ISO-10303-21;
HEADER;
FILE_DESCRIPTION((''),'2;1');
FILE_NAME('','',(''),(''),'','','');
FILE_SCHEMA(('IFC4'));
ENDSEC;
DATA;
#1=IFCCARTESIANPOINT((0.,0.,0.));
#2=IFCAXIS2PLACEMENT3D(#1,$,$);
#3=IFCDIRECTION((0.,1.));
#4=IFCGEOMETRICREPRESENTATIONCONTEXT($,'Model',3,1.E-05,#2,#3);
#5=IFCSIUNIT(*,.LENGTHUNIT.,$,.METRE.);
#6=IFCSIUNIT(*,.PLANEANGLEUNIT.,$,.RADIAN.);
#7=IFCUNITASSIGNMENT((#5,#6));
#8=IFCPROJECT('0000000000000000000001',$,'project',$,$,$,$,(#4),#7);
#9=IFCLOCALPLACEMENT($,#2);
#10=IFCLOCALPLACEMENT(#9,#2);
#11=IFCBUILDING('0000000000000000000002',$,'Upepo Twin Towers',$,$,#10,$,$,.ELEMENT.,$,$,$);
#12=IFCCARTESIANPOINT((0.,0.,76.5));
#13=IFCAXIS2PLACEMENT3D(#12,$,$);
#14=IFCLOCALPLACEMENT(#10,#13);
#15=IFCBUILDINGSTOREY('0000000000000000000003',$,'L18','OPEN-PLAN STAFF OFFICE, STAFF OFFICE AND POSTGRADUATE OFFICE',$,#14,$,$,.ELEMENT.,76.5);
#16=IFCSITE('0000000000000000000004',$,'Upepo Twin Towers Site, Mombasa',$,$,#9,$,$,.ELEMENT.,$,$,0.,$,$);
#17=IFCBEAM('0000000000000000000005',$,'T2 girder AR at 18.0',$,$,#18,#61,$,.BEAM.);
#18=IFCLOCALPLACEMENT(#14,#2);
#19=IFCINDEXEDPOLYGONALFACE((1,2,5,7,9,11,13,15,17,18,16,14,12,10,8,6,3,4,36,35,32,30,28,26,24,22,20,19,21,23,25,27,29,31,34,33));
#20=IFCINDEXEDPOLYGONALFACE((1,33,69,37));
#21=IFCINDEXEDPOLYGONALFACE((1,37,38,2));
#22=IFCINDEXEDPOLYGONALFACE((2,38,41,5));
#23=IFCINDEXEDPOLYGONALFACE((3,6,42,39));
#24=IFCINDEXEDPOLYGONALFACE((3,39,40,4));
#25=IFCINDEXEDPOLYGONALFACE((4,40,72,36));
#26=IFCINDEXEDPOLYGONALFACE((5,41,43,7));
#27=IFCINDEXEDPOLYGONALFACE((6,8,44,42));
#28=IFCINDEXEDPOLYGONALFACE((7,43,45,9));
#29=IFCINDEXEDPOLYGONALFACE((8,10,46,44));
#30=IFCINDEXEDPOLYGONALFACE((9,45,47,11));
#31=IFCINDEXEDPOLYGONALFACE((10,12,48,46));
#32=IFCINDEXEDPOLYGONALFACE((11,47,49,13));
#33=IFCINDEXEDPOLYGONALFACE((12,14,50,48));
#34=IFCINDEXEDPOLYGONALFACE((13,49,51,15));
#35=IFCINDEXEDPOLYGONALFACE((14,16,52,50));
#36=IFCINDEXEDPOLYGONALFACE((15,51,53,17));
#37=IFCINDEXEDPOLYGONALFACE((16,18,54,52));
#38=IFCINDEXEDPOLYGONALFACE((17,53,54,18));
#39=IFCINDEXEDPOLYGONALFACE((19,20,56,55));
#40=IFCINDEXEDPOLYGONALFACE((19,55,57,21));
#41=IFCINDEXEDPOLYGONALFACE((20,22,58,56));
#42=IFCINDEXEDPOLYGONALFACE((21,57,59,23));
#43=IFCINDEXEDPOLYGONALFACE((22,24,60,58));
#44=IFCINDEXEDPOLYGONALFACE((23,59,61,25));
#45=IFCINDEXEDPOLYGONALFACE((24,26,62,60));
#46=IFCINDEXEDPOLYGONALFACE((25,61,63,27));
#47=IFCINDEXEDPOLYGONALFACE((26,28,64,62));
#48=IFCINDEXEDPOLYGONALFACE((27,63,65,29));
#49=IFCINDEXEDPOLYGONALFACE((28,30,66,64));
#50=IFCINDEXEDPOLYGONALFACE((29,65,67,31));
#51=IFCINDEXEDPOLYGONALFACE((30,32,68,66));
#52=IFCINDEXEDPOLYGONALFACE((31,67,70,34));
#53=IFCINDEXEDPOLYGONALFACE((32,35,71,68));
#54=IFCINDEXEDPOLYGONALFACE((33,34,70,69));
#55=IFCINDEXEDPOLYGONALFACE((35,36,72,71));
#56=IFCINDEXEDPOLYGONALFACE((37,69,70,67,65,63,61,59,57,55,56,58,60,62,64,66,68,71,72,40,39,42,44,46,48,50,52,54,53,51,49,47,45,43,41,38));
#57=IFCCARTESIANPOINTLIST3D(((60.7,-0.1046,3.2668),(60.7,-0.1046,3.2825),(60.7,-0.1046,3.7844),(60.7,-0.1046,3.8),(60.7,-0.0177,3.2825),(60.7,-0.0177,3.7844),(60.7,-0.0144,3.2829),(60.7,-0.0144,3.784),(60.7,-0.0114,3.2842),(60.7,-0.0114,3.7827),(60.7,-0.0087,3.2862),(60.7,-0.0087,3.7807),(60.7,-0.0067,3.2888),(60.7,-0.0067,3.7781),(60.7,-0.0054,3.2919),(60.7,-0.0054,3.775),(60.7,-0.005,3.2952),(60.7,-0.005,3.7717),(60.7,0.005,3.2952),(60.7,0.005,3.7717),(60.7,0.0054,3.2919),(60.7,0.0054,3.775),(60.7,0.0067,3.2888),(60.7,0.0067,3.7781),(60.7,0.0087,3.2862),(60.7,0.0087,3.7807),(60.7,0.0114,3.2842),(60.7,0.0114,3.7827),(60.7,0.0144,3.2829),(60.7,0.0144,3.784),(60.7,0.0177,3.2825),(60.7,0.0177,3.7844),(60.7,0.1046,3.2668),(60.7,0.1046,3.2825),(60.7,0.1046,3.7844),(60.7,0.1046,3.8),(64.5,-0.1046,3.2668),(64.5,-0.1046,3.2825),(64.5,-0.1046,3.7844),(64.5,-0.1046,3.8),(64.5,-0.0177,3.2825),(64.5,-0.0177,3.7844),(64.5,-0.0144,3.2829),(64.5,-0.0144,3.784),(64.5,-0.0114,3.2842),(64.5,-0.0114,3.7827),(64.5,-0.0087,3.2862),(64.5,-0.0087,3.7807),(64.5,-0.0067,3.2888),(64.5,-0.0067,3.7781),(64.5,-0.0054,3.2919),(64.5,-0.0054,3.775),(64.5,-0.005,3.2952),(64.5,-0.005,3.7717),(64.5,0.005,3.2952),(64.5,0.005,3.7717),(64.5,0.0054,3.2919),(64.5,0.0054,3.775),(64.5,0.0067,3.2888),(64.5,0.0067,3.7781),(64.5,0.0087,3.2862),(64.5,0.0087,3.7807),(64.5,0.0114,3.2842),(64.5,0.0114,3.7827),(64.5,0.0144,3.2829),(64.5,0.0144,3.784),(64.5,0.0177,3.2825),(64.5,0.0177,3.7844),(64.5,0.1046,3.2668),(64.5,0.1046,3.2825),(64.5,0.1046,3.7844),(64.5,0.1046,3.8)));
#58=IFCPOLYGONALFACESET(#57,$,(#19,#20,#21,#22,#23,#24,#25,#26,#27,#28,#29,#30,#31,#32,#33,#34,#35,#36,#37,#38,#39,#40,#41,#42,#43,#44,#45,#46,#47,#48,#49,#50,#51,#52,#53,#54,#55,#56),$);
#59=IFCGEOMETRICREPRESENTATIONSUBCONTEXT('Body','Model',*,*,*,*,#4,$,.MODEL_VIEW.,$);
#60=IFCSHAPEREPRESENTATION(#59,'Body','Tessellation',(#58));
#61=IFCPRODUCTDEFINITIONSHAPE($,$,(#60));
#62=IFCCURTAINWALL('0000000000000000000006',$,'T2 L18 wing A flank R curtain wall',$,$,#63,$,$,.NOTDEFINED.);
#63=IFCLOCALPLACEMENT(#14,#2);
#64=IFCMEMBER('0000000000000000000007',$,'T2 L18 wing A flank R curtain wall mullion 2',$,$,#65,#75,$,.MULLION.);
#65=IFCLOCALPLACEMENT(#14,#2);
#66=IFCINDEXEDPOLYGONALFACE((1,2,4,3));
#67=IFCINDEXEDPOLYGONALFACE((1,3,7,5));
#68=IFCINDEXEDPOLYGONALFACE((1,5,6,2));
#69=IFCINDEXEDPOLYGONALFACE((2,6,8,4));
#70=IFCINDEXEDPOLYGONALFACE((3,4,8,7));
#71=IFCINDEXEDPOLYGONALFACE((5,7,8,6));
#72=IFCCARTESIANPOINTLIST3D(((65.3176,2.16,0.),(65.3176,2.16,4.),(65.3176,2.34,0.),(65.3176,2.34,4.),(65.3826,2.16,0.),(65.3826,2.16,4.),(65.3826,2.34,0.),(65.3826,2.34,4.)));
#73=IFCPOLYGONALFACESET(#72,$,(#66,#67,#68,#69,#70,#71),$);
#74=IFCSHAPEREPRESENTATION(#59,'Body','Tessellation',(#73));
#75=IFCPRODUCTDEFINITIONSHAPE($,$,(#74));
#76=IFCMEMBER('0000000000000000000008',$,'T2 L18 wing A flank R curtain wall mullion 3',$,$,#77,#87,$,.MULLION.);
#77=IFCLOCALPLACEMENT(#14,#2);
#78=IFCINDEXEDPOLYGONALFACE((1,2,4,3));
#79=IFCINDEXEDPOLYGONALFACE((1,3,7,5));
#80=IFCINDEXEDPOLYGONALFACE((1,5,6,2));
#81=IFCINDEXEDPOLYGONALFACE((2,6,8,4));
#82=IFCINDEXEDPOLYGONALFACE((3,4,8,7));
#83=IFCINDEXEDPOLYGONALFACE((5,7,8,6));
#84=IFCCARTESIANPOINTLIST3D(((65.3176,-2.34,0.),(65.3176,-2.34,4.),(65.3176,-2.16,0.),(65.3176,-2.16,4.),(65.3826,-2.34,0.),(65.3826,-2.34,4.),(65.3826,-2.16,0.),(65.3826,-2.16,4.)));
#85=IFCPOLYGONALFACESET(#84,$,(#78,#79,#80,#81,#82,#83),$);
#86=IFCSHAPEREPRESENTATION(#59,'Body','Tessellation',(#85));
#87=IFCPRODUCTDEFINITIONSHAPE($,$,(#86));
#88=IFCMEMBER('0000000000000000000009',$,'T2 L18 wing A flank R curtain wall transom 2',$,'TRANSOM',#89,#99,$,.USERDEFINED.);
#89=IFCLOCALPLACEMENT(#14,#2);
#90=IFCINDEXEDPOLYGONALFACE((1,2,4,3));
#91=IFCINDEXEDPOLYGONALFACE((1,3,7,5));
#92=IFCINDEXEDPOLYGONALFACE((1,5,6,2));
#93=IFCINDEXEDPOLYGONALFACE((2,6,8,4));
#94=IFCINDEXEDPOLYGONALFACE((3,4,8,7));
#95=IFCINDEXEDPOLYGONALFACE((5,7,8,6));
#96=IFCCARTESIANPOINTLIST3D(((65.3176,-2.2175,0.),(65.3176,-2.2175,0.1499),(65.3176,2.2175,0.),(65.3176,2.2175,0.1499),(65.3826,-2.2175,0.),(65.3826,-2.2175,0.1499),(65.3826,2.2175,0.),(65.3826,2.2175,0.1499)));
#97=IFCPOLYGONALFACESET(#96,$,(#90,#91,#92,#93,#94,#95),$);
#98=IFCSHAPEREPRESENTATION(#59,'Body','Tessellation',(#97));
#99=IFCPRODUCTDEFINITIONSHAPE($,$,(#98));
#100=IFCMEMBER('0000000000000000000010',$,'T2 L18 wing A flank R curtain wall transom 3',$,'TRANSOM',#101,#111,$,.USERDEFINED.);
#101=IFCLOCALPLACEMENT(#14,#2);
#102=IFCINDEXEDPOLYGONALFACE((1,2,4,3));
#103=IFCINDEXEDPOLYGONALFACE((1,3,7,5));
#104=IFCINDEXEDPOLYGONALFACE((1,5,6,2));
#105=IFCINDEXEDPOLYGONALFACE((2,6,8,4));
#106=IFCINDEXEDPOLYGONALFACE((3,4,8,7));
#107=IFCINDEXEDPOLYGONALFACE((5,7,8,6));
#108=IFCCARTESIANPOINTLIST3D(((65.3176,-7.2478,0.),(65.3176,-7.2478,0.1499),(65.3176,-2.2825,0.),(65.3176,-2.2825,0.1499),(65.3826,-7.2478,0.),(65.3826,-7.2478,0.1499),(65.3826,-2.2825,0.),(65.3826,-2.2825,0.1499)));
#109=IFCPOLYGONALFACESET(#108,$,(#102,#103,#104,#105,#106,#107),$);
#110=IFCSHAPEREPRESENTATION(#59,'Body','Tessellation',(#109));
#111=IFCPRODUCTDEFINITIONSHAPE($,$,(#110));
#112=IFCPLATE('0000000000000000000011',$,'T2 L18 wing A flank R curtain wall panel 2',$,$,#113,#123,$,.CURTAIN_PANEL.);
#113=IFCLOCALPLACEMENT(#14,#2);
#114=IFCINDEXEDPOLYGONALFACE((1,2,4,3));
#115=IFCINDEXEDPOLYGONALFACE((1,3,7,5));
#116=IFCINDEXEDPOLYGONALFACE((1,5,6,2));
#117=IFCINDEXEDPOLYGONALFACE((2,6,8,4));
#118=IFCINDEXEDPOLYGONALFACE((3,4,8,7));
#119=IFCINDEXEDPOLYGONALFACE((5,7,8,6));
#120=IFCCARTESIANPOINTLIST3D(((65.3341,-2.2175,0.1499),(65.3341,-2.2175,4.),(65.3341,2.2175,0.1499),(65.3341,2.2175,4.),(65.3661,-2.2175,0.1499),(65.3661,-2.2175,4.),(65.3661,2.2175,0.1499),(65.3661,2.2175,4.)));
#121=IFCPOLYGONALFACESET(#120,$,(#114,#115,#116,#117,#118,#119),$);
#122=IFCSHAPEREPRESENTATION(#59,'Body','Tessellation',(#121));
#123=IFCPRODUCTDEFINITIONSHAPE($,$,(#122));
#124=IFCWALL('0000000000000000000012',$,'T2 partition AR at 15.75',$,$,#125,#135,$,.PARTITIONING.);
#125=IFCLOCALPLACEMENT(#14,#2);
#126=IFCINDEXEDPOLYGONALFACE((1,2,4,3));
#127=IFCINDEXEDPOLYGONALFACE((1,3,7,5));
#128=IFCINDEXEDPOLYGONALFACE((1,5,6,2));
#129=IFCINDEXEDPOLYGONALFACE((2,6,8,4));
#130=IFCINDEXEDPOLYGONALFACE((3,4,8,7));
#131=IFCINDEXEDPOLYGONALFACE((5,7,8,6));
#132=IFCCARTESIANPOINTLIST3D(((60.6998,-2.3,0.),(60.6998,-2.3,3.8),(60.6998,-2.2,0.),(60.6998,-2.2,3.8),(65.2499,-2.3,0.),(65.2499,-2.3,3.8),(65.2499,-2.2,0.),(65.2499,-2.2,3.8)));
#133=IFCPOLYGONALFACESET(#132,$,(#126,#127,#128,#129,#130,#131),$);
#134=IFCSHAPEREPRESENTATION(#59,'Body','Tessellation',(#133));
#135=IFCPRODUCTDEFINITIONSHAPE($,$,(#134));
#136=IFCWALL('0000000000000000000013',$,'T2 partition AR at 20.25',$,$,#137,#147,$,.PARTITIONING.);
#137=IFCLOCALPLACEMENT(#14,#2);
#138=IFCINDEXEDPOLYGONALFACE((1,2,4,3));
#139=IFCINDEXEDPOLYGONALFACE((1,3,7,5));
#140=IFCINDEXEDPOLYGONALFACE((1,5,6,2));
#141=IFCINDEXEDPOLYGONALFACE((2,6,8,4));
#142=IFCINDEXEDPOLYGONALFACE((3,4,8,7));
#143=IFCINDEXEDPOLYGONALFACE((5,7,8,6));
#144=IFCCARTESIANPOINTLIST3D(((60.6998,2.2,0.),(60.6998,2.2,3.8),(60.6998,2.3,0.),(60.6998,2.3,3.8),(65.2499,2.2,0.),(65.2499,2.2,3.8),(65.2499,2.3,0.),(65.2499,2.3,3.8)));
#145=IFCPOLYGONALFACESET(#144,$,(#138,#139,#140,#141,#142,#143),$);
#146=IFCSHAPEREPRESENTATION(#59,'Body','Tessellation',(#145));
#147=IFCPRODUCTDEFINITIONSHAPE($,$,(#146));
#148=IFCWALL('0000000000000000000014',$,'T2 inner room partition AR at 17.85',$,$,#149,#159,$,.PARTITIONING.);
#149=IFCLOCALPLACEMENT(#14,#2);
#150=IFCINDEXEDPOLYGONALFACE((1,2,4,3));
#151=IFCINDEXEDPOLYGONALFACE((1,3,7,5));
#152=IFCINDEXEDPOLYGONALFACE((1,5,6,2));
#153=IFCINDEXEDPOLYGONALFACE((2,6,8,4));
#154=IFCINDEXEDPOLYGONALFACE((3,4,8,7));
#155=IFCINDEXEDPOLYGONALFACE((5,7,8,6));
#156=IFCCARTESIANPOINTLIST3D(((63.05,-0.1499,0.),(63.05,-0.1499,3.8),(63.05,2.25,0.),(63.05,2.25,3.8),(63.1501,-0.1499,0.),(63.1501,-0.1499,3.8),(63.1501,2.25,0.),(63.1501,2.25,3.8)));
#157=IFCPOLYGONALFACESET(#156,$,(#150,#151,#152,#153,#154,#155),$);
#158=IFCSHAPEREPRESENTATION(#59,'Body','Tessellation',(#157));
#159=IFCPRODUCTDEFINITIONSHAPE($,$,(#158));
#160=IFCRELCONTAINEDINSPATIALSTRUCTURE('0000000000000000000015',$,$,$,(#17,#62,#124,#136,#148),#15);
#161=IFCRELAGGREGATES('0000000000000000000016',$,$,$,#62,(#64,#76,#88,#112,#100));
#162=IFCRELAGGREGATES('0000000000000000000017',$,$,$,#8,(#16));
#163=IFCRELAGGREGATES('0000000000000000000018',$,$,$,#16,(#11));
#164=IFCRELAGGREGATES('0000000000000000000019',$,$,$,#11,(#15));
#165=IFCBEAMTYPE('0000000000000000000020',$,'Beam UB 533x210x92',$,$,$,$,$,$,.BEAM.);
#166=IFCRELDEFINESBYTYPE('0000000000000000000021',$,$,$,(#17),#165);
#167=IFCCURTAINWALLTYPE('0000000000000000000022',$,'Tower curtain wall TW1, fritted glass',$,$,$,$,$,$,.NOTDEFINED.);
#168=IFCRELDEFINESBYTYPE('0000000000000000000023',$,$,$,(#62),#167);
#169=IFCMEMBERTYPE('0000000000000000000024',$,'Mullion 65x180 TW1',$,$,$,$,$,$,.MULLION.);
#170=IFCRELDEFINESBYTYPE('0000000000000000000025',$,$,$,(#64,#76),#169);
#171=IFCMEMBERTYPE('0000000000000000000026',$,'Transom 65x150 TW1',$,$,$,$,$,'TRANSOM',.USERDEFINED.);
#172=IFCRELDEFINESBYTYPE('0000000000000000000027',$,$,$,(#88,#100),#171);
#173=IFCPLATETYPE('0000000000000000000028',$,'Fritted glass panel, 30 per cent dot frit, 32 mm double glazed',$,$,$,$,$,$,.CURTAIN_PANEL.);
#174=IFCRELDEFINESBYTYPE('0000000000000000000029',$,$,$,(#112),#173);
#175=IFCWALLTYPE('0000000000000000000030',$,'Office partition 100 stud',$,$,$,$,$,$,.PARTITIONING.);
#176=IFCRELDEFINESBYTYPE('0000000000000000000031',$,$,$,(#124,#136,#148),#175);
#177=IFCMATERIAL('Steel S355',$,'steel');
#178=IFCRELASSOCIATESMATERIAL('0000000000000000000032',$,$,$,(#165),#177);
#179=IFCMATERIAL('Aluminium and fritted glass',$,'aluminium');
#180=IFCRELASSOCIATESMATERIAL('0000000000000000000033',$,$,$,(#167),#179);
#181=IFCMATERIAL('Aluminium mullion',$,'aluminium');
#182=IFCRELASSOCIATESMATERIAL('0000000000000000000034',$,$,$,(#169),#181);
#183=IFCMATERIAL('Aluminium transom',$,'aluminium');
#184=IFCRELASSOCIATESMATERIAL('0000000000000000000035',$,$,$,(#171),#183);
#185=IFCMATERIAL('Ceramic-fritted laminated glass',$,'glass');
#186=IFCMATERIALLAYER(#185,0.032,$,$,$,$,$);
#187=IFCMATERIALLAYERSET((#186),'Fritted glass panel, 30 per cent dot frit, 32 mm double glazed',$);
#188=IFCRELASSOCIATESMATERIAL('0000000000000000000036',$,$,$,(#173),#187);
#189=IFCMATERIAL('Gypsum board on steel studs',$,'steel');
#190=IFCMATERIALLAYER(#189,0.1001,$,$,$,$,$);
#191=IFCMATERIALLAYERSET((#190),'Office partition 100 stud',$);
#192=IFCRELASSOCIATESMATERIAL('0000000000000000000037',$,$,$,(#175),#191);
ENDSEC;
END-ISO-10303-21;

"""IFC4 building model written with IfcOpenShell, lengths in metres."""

from ifc_helpers import new_model, si_unit, direction, frame, frame_2d, origin, origin_2d, place, context, subcontext, project, spatial, rectangle, i_section, extrude, material, layer, layer_set, material_profile, profile_set, type_object, element, aggregate, save


model = new_model("IFC4")

# Units and contexts
model_context = context("Model", 3, precision=1e-05, world=origin(), true_north=direction((0.0, 1.0)))
body_context = subcontext(model_context, "Body", "Model", "MODEL_VIEW")
ifc_project = project(units=[si_unit("LENGTHUNIT", "METRE"), si_unit("PLANEANGLEUNIT", "RADIAN")], contexts=[model_context])

# Site, building, storey
site_placement = place(None, origin())
site = spatial("IfcSite", under=ifc_project, at=site_placement, Name="Upepo Twin Towers Site, Mombasa", CompositionType="ELEMENT", RefElevation=0.0)
building_placement = place(site_placement, origin())
building = spatial("IfcBuilding", under=site, at=building_placement, Name="Upepo Twin Towers", CompositionType="ELEMENT")
storey_placement = place(building_placement, frame((0.0, 0.0, 76.5)))
storey = spatial("IfcBuildingStorey", under=building, at=storey_placement, Name="L18", Description="OPEN-PLAN STAFF OFFICE, STAFF OFFICE AND POSTGRADUATE OFFICE", CompositionType="ELEMENT", Elevation=76.5)

# Beam
ifc_material_1 = material(Name="Steel S355", Category="steel")
ifc_material_profile_1 = material_profile(ifc_material_1, i_section(OverallWidth=0.2092, OverallDepth=0.5332, WebThickness=0.01, FlangeThickness=0.0156, FilletRadius=0.0127, at=origin_2d()), Name="UB 533x210x92")
ifc_profile_set_1 = profile_set([ifc_material_profile_1], Name="Steel S355")
beam_type_1 = type_object("IfcBeamType", Name="Beam UB 533x210x92", PredefinedType="BEAM", material=ifc_profile_set_1)
for number, where, z_axis, x_axis, name in (
    (1, (64.5, 0.0, 3.5334), (-1.0, 0.0, 0.0), (0.0, -1.0, 0.0), "T2 girder AR at 18.0"),
):
    element("IfcBeam", number, at=place(storey_placement, frame(where, z_axis=z_axis, x_axis=x_axis)), inside=storey, type_object=beam_type_1, Name=name, PredefinedType="BEAM", context=body_context, shape_type="SweptSolid", body=[
        extrude(i_section(OverallWidth=0.2092, OverallDepth=0.5332, WebThickness=0.01, FlangeThickness=0.0156, FilletRadius=0.0127, at=origin_2d()), origin(), (0.0, 0.0, 1.0), 3.8),
    ])

# Curtain wall, members, plate
ifc_material_2 = material(Name="Aluminium and fritted glass", Category="aluminium")
curtain_wall_type = type_object("IfcCurtainWallType", Name="Tower curtain wall TW1, fritted glass", PredefinedType="NOTDEFINED", material=ifc_material_2)
curtain_wall_placement = place(storey_placement, origin())
curtain_wall = element("IfcCurtainWall", 2, at=curtain_wall_placement, inside=storey, type_object=curtain_wall_type, Name="T2 L18 wing A flank R curtain wall", PredefinedType="NOTDEFINED")
ifc_material_3 = material(Name="Aluminium mullion", Category="aluminium")
ifc_material_profile_2 = material_profile(ifc_material_3, rectangle(XDim=0.0649, YDim=0.1799, at=origin_2d()), Name="MULLION 65x180")
ifc_profile_set_2 = profile_set([ifc_material_profile_2], Name="Aluminium mullion")
member_type_1 = type_object("IfcMemberType", Name="Mullion 65x180 TW1", PredefinedType="MULLION", material=ifc_profile_set_2)
member_1_placement = place(storey_placement, frame((65.3501, 2.25, 0.0), z_axis=(0.0, 0.0, 1.0), x_axis=(1.0, 0.0, 0.0)))
member_1 = element("IfcMember", 3, at=member_1_placement, type_object=member_type_1, Name="T2 L18 wing A flank R curtain wall mullion 2", PredefinedType="MULLION", context=body_context, shape_type="SweptSolid", body=[
    extrude(rectangle(XDim=0.0649, YDim=0.1799, at=origin_2d()), origin(), (0.0, 0.0, 1.0), 4.0),
])
member_2_placement = place(storey_placement, frame((65.3501, -2.25, 0.0), z_axis=(0.0, 0.0, 1.0), x_axis=(1.0, 0.0, 0.0)))
member_2 = element("IfcMember", 4, at=member_2_placement, type_object=member_type_1, Name="T2 L18 wing A flank R curtain wall mullion 3", PredefinedType="MULLION", context=body_context, shape_type="SweptSolid", body=[
    extrude(rectangle(XDim=0.0649, YDim=0.1799, at=origin_2d()), origin(), (0.0, 0.0, 1.0), 4.0),
])
ifc_material_4 = material(Name="Aluminium transom", Category="aluminium")
ifc_material_profile_3 = material_profile(ifc_material_4, rectangle(XDim=0.0649, YDim=0.1499, at=origin_2d()), Name="TRANSOM 65x150")
ifc_profile_set_3 = profile_set([ifc_material_profile_3], Name="Aluminium transom")
member_type_2 = type_object("IfcMemberType", Name="Transom 65x150 TW1", ElementType="TRANSOM", PredefinedType="USERDEFINED", material=ifc_profile_set_3)
member_3_placement = place(storey_placement, frame((65.3501, 2.2175, 0.075), z_axis=(0.0, -1.0, 0.0), x_axis=(1.0, 0.0, 0.0)))
member_3 = element("IfcMember", 5, at=member_3_placement, type_object=member_type_2, Name="T2 L18 wing A flank R curtain wall transom 2", ObjectType="TRANSOM", PredefinedType="USERDEFINED", context=body_context, shape_type="SweptSolid", body=[
    extrude(rectangle(XDim=0.0649, YDim=0.1499, at=origin_2d()), origin(), (0.0, 0.0, 1.0), 4.4351),
])
member_4_placement = place(storey_placement, frame((65.3501, -2.2825, 0.075), z_axis=(0.0, -1.0, 0.0), x_axis=(1.0, 0.0, 0.0)))
member_4 = element("IfcMember", 6, at=member_4_placement, type_object=member_type_2, Name="T2 L18 wing A flank R curtain wall transom 3", ObjectType="TRANSOM", PredefinedType="USERDEFINED", context=body_context, shape_type="SweptSolid", body=[
    extrude(rectangle(XDim=0.0649, YDim=0.1499, at=origin_2d()), origin(), (0.0, 0.0, 1.0), 4.9653),
])
ifc_material_5 = material(Name="Ceramic-fritted laminated glass", Category="glass")
ifc_layer_1 = layer(ifc_material_5, 0.032)
ifc_layer_set_1 = layer_set([ifc_layer_1], Name="Fritted glass panel, 30 per cent dot frit, 32 mm double glazed")
plate_type = type_object("IfcPlateType", Name="Fritted glass panel, 30 per cent dot frit, 32 mm double glazed", PredefinedType="CURTAIN_PANEL", material=ifc_layer_set_1)
plate_placement = place(storey_placement, frame((65.3501, 0.0, 0.1499), z_axis=(0.0, 0.0, 1.0), x_axis=(0.0, -1.0, 0.0)))
plate = element("IfcPlate", 7, at=plate_placement, type_object=plate_type, Name="T2 L18 wing A flank R curtain wall panel 2", PredefinedType="CURTAIN_PANEL", context=body_context, shape_type="SweptSolid", body=[
    extrude(rectangle(XDim=4.4351, YDim=0.032, at=origin_2d()), origin(), (0.0, 0.0, 1.0), 3.8501),
])
aggregate(curtain_wall, [member_1, member_2, member_3, plate, member_4])

# Walls
ifc_material_6 = material(Name="Gypsum board on steel studs", Category="steel")
ifc_layer_2 = layer(ifc_material_6, 0.1001)
ifc_layer_set_2 = layer_set([ifc_layer_2], Name="Office partition 100 stud")
wall_type = type_object("IfcWallType", Name="Office partition 100 stud", PredefinedType="PARTITIONING", material=ifc_layer_set_2)
for number, where, z_axis, x_axis, name in (
    (8, (60.7, -2.25, 0.0), (0.0, 0.0, 1.0), (1.0, 0.0, 0.0), "T2 partition AR at 15.75"),
    (9, (60.7, 2.25, 0.0), (0.0, 0.0, 1.0), (1.0, 0.0, 0.0), "T2 partition AR at 20.25"),
):
    element("IfcWall", number, at=place(storey_placement, frame(where, z_axis=z_axis, x_axis=x_axis)), inside=storey, type_object=wall_type, Name=name, PredefinedType="PARTITIONING", context=body_context, shape_type="SweptSolid", body=[
        extrude(rectangle(XDim=4.55, YDim=0.1001, at=frame_2d((2.2749, 0.0))), origin(), (0.0, 0.0, 1.0), 3.8),
    ])
wall_1_placement = place(storey_placement, frame((63.1001, -0.1499, 0.0), z_axis=(0.0, 0.0, 1.0), x_axis=(0.0, 1.0, 0.0)))
element("IfcWall", 10, at=wall_1_placement, inside=storey, type_object=wall_type, Name="T2 inner room partition AR at 17.85", PredefinedType="PARTITIONING", context=body_context, shape_type="SweptSolid", body=[
    extrude(rectangle(XDim=2.3999, YDim=0.1001, at=frame_2d((1.2, 0.0))), origin(), (0.0, 0.0, 1.0), 3.8),
])

save(model, "model.ifc")
